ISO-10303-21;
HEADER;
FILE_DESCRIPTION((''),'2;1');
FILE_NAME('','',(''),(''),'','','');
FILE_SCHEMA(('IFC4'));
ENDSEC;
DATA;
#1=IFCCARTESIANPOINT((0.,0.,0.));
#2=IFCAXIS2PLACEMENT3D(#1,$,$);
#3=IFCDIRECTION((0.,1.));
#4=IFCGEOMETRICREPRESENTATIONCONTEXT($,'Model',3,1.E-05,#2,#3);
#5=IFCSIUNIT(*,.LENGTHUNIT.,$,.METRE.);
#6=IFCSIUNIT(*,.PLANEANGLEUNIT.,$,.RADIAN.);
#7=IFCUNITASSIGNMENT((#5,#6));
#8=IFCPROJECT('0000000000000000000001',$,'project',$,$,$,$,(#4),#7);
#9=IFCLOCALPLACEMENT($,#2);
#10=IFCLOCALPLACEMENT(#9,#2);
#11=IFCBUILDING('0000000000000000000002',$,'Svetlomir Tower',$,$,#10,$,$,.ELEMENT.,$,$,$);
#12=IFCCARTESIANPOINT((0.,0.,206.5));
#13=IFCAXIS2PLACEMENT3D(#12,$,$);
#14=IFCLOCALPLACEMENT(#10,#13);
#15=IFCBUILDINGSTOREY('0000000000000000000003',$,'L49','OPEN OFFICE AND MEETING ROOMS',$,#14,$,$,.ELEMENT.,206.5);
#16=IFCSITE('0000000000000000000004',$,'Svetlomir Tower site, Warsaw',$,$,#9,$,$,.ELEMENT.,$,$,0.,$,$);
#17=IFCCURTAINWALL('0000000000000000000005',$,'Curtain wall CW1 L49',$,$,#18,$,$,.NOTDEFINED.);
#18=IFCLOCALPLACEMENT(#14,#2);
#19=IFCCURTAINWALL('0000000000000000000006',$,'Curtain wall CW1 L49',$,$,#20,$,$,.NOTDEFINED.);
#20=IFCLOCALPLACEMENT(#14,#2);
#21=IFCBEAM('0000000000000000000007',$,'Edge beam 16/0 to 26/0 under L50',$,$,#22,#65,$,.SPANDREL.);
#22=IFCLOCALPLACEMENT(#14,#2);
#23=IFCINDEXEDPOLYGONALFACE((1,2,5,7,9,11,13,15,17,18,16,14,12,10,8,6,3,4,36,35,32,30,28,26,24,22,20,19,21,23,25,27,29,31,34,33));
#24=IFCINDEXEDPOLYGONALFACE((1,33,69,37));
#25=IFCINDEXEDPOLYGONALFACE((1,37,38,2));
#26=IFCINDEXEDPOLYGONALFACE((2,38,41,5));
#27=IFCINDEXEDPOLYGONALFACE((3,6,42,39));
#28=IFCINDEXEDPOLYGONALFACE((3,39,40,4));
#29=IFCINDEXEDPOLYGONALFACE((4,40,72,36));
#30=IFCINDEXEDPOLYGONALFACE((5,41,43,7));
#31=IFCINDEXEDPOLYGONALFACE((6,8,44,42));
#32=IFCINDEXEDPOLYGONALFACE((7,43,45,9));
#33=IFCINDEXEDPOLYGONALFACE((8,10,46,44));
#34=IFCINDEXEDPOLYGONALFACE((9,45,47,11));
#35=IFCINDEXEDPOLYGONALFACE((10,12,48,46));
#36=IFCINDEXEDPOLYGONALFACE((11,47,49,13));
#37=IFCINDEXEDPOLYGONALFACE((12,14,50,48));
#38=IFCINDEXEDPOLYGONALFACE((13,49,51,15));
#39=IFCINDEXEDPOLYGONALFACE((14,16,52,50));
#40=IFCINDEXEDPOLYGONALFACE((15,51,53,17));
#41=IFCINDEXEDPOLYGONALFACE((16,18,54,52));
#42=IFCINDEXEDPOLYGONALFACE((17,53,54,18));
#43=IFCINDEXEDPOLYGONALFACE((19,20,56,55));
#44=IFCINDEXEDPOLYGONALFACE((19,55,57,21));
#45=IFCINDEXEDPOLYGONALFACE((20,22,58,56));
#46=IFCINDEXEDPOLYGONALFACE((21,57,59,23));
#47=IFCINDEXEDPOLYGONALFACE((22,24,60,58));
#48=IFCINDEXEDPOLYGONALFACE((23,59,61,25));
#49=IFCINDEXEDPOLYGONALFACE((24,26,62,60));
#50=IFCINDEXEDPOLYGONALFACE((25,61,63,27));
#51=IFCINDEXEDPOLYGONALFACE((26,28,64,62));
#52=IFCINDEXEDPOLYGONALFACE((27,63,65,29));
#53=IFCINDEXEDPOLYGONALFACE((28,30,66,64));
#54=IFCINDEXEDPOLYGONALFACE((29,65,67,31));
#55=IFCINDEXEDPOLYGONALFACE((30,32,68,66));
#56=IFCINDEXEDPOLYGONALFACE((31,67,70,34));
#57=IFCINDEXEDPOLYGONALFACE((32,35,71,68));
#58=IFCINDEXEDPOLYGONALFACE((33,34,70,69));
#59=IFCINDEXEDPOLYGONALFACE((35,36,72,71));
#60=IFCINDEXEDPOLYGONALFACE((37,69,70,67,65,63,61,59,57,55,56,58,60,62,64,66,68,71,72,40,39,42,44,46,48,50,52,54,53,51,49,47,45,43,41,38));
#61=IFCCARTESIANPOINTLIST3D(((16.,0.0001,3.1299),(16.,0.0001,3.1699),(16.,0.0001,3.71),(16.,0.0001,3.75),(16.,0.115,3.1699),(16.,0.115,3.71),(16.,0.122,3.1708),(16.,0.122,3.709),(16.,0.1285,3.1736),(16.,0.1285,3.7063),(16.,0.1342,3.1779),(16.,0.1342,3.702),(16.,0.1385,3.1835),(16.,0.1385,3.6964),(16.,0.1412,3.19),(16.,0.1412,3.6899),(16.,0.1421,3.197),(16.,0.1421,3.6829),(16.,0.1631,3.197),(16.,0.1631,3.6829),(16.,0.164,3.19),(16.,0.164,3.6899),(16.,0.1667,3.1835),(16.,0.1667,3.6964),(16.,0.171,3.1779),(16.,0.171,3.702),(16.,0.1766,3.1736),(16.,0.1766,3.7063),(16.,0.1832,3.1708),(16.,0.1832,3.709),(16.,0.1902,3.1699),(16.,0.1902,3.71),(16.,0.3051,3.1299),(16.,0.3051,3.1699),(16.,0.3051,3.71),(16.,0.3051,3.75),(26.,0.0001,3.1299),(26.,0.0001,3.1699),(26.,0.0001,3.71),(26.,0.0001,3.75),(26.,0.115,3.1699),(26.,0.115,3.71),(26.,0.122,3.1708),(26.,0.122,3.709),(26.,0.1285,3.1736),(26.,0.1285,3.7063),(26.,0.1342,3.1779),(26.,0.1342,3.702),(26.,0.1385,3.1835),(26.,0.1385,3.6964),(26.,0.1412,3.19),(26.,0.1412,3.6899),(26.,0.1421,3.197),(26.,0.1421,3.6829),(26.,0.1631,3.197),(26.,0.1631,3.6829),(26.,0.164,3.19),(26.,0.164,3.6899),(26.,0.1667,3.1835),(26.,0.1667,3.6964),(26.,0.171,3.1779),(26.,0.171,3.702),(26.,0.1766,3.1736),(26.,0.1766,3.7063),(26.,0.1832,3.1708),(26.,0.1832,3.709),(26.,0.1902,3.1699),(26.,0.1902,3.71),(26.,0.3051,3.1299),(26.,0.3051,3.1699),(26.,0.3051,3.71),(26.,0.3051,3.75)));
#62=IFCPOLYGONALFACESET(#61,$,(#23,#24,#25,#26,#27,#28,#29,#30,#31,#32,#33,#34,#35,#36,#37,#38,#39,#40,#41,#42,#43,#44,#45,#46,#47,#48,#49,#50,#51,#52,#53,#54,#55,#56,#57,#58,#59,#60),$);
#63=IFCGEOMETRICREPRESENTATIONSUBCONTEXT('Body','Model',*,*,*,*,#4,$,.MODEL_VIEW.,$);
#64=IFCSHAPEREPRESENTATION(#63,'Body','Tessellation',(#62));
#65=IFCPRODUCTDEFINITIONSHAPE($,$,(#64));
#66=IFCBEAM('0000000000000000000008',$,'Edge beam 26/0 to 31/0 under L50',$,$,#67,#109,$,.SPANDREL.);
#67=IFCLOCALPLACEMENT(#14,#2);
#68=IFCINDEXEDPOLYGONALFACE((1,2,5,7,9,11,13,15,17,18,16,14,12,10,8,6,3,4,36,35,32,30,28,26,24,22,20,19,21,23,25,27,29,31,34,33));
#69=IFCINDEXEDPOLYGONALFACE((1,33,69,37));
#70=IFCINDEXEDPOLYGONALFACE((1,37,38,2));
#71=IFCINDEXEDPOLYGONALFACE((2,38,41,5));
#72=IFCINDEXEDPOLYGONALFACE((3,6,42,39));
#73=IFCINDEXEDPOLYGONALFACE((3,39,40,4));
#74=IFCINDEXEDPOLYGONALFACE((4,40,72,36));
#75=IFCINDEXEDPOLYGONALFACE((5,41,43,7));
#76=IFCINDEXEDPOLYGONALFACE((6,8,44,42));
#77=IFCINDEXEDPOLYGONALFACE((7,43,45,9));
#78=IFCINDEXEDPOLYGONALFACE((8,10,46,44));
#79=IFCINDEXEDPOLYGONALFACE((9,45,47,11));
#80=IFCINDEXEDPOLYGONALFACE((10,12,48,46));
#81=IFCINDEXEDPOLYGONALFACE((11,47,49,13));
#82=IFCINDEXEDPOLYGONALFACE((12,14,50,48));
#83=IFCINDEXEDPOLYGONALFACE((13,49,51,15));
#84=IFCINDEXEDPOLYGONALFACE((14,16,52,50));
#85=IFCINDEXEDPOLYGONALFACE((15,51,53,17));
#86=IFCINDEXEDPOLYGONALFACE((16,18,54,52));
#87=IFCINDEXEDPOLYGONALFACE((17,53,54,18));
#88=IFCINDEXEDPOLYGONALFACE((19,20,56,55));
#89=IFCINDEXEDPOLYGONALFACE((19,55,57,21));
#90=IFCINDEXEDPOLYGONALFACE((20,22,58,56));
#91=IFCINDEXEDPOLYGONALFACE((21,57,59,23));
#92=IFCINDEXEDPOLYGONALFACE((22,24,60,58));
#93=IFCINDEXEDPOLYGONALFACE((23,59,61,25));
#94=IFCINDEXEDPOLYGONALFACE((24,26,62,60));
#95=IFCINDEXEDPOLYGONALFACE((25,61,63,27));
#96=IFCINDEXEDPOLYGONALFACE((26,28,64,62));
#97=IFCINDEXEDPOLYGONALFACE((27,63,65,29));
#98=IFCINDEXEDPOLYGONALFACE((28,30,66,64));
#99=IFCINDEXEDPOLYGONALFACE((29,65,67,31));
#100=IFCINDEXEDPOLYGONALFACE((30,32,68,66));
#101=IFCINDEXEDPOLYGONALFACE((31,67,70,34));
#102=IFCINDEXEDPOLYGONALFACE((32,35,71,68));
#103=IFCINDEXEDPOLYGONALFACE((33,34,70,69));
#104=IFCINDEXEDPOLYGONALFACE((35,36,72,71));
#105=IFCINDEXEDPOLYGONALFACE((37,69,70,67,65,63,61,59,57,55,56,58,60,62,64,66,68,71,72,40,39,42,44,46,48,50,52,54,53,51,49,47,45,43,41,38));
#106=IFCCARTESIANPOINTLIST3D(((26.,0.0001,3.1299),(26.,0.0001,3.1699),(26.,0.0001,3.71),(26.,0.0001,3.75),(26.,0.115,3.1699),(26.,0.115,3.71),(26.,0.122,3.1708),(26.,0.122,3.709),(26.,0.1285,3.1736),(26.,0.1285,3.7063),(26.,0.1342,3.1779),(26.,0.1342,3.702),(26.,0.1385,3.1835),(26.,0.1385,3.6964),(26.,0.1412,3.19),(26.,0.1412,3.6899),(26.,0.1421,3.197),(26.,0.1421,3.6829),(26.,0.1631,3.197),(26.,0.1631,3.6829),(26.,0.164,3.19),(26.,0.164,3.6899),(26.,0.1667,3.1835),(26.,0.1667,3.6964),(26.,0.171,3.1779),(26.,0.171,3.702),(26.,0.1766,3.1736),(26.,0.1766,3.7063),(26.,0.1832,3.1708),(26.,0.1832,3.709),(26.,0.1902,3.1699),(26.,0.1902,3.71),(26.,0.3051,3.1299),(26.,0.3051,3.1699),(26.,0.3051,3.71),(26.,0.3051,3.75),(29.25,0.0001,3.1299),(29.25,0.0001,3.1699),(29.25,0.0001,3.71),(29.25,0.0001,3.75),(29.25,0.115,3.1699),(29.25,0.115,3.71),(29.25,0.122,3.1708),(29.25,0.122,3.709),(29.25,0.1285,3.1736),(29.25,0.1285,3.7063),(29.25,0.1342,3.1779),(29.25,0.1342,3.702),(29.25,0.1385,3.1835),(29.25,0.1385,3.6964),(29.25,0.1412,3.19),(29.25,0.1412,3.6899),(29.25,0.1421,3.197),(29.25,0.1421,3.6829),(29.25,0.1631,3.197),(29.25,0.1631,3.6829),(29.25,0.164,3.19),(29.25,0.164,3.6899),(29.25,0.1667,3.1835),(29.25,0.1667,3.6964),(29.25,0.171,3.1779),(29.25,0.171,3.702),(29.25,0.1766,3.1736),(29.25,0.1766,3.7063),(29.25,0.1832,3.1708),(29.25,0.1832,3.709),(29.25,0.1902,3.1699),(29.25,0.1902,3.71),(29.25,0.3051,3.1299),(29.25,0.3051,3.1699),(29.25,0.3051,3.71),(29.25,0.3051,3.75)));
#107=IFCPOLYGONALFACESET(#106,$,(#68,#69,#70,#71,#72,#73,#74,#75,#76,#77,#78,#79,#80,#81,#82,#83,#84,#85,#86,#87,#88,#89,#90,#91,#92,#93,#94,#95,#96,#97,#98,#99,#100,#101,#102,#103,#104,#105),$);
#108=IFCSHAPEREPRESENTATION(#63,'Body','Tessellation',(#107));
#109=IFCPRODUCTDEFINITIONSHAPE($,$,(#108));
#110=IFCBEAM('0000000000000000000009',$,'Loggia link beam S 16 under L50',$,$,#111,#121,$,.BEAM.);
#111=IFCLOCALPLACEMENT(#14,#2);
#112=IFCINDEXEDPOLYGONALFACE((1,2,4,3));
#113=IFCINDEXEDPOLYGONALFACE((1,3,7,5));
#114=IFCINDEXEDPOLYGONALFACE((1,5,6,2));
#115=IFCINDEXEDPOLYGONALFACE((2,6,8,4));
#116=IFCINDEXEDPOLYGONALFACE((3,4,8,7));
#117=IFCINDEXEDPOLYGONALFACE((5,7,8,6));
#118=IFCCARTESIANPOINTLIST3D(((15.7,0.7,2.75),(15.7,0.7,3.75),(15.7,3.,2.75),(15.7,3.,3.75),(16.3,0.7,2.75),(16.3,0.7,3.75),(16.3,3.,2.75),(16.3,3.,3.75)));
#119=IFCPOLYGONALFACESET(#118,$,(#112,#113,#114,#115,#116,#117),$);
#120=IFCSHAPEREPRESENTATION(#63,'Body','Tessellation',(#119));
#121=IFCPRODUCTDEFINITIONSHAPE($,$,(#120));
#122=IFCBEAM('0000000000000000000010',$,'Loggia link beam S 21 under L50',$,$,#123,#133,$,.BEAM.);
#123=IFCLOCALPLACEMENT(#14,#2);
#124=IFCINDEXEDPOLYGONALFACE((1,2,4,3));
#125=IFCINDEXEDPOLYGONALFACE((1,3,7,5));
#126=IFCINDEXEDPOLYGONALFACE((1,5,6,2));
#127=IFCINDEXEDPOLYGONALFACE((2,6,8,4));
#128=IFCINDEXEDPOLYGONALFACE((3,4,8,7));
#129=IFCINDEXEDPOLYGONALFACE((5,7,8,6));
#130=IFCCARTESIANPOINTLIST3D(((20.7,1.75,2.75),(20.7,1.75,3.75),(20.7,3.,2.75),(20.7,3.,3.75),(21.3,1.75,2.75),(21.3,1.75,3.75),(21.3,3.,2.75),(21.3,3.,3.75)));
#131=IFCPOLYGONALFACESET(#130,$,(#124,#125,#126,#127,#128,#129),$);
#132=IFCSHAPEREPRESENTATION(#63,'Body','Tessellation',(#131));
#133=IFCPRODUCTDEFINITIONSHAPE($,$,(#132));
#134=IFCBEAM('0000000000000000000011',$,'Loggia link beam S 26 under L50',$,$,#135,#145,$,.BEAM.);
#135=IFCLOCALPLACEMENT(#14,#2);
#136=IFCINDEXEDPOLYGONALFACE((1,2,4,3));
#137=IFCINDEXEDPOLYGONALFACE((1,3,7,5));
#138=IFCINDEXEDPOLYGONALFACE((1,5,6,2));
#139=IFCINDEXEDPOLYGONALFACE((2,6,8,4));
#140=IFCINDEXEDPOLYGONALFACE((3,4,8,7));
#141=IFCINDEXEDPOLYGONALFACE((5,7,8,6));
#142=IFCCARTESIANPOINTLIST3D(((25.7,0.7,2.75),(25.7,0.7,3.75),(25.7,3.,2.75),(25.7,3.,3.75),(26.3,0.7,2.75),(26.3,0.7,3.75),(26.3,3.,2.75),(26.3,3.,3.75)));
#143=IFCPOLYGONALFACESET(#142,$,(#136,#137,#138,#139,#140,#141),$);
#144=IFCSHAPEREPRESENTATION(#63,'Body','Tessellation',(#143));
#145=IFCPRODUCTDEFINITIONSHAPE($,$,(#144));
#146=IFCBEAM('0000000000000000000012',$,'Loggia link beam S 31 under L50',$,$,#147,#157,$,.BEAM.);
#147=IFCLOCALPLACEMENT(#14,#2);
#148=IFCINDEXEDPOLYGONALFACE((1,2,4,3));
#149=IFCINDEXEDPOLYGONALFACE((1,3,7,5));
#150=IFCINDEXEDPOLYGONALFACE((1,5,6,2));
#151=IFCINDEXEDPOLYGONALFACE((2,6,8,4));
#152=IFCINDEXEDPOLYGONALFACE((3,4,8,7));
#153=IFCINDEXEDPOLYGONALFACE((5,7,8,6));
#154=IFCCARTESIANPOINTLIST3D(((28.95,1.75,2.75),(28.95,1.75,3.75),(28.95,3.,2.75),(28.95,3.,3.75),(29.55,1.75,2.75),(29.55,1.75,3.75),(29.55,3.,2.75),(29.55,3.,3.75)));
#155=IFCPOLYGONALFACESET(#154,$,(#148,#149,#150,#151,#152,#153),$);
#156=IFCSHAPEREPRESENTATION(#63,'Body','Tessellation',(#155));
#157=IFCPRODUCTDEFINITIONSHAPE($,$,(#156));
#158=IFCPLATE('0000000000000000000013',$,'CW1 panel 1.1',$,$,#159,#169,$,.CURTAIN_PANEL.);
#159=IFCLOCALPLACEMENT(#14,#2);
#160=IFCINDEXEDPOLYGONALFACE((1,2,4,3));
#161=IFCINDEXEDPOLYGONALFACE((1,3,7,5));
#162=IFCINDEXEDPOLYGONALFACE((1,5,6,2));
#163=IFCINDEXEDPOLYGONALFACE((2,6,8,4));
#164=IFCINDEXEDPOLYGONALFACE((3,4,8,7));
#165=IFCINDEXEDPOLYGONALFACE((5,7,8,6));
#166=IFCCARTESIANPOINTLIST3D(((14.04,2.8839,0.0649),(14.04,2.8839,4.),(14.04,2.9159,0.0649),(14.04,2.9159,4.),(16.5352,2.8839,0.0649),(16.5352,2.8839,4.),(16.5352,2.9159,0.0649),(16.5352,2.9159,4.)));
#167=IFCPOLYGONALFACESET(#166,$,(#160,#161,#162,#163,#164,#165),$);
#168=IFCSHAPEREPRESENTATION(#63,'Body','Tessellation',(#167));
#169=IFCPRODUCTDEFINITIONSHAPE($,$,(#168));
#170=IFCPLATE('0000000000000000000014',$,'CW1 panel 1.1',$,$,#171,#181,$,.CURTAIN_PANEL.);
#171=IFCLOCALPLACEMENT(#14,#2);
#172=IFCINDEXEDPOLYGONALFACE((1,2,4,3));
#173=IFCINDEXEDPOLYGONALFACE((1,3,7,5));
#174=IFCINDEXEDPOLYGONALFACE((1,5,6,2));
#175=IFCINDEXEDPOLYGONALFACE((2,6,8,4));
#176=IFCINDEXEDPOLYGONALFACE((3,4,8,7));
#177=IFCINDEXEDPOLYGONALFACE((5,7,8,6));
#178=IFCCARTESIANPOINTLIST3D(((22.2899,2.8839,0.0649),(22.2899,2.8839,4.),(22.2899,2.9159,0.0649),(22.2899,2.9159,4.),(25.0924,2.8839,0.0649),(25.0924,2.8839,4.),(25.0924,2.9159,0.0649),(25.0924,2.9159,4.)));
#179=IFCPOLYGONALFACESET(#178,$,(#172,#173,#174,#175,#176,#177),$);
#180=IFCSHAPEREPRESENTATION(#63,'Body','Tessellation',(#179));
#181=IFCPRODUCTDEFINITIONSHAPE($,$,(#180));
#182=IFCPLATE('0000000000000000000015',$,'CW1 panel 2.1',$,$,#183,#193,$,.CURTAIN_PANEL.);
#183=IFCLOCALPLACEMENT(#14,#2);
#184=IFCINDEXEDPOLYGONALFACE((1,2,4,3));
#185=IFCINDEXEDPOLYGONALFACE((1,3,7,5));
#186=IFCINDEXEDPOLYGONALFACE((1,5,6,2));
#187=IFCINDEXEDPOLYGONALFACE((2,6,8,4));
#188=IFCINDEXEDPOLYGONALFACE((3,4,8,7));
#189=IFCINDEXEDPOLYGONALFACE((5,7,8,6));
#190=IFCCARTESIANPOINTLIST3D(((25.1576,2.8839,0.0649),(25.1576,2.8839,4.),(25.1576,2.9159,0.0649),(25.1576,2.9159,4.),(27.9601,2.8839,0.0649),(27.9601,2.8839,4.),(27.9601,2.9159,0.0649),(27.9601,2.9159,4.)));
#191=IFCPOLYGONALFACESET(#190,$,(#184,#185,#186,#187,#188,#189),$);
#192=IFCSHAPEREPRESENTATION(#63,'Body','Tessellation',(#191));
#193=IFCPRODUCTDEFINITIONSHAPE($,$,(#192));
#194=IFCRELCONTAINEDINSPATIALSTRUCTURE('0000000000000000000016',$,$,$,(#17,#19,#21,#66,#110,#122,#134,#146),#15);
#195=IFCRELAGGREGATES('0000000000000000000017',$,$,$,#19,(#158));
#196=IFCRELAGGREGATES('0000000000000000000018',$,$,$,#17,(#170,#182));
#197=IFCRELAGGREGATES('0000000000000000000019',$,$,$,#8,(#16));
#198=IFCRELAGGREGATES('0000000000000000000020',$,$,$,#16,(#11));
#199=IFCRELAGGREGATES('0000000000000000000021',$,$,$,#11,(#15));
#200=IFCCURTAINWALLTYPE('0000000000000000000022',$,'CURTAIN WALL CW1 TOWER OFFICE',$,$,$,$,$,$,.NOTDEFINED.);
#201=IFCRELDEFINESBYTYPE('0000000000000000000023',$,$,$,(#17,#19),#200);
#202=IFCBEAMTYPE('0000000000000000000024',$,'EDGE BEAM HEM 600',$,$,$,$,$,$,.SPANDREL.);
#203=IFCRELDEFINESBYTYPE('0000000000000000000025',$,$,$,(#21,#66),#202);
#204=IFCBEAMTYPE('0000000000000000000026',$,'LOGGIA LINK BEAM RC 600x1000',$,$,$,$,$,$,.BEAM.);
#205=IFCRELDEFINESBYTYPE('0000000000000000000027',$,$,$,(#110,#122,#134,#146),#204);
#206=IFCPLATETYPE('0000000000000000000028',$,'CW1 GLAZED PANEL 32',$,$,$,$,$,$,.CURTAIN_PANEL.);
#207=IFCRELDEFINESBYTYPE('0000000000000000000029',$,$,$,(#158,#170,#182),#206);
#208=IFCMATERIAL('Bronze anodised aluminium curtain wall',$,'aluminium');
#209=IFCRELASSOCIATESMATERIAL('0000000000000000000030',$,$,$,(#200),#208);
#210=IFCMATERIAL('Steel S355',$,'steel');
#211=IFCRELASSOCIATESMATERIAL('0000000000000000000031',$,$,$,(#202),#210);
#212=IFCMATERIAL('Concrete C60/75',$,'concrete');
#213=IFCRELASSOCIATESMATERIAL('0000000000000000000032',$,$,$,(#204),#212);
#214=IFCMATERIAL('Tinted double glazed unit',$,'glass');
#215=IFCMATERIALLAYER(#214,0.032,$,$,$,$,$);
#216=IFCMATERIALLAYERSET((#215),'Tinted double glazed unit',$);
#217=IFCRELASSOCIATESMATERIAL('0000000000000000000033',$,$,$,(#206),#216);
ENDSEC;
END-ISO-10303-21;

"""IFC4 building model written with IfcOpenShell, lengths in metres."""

from ifc_helpers import new_model, si_unit, direction, frame, origin, origin_2d, place, context, subcontext, project, spatial, rectangle, i_section, extrude, material, layer, layer_set, material_profile, profile_set, type_object, element, aggregate, save


model = new_model("IFC4")

# Units and contexts
model_context = context("Model", 3, precision=1e-05, world=origin(), true_north=direction((0.0, 1.0)))
body_context = subcontext(model_context, "Body", "Model", "MODEL_VIEW")
ifc_project = project(units=[si_unit("LENGTHUNIT", "METRE"), si_unit("PLANEANGLEUNIT", "RADIAN")], contexts=[model_context])

# Site, building, storey
site_placement = place(None, origin())
site = spatial("IfcSite", under=ifc_project, at=site_placement, Name="Svetlomir Tower site, Warsaw", CompositionType="ELEMENT", RefElevation=0.0)
building_placement = place(site_placement, origin())
building = spatial("IfcBuilding", under=site, at=building_placement, Name="Svetlomir Tower", CompositionType="ELEMENT")
storey_placement = place(building_placement, frame((0.0, 0.0, 206.5)))
storey = spatial("IfcBuildingStorey", under=building, at=storey_placement, Name="L49", Description="OPEN OFFICE AND MEETING ROOMS", CompositionType="ELEMENT", Elevation=206.5)

# Curtain walls
ifc_material_1 = material(Name="Bronze anodised aluminium curtain wall", Category="aluminium")
curtain_wall_type = type_object("IfcCurtainWallType", Name="CURTAIN WALL CW1 TOWER OFFICE", PredefinedType="NOTDEFINED", material=ifc_material_1)
curtain_wall_1_placement = place(storey_placement, origin())
curtain_wall_1 = element("IfcCurtainWall", 1, at=curtain_wall_1_placement, inside=storey, type_object=curtain_wall_type, Name="Curtain wall CW1 L49", PredefinedType="NOTDEFINED")
curtain_wall_2_placement = place(storey_placement, origin())
curtain_wall_2 = element("IfcCurtainWall", 2, at=curtain_wall_2_placement, inside=storey, type_object=curtain_wall_type, Name="Curtain wall CW1 L49", PredefinedType="NOTDEFINED")

# Beams
ifc_material_2 = material(Name="Steel S355", Category="steel")
ifc_material_profile_1 = material_profile(ifc_material_2, i_section(OverallWidth=0.3049, OverallDepth=0.6201, WebThickness=0.021, FlangeThickness=0.04, FilletRadius=0.0271, at=origin_2d()), Name="HEM 600")
ifc_profile_set_1 = profile_set([ifc_material_profile_1], Name="Steel S355")
beam_type_1 = type_object("IfcBeamType", Name="EDGE BEAM HEM 600", PredefinedType="SPANDREL", material=ifc_profile_set_1)
beam_1_placement = place(storey_placement, frame((16.0, 0.1526, 3.4399), z_axis=(1.0, 0.0, 0.0), x_axis=(0.0, 1.0, 0.0)))
element("IfcBeam", 3, at=beam_1_placement, inside=storey, type_object=beam_type_1, Name="Edge beam 16/0 to 26/0 under L50", PredefinedType="SPANDREL", context=body_context, shape_type="SweptSolid", body=[
    extrude(i_section(OverallWidth=0.3049, OverallDepth=0.6201, WebThickness=0.021, FlangeThickness=0.04, FilletRadius=0.0271, at=origin_2d()), origin(), (0.0, 0.0, 1.0), 10.0),
])
beam_2_placement = place(storey_placement, frame((26.0, 0.1526, 3.4399), z_axis=(1.0, 0.0, 0.0), x_axis=(0.0, 1.0, 0.0)))
element("IfcBeam", 4, at=beam_2_placement, inside=storey, type_object=beam_type_1, Name="Edge beam 26/0 to 31/0 under L50", PredefinedType="SPANDREL", context=body_context, shape_type="SweptSolid", body=[
    extrude(i_section(OverallWidth=0.3049, OverallDepth=0.6201, WebThickness=0.021, FlangeThickness=0.04, FilletRadius=0.0271, at=origin_2d()), origin(), (0.0, 0.0, 1.0), 3.25),
])
ifc_material_3 = material(Name="Concrete C60/75", Category="concrete")
ifc_material_profile_2 = material_profile(ifc_material_3, rectangle(XDim=0.6001, YDim=1.0, at=origin_2d()), Name="RC 600x1000")
ifc_profile_set_2 = profile_set([ifc_material_profile_2], Name="Concrete C60/75")
beam_type_2 = type_object("IfcBeamType", Name="LOGGIA LINK BEAM RC 600x1000", PredefinedType="BEAM", material=ifc_profile_set_2)
beam_3_placement = place(storey_placement, frame((16.0, 0.7, 3.25), z_axis=(0.0, 1.0, 0.0), x_axis=(-1.0, 0.0, 0.0)))
element("IfcBeam", 5, at=beam_3_placement, inside=storey, type_object=beam_type_2, Name="Loggia link beam S 16 under L50", PredefinedType="BEAM", context=body_context, shape_type="SweptSolid", body=[
    extrude(rectangle(XDim=0.6001, YDim=1.0, at=origin_2d()), origin(), (0.0, 0.0, 1.0), 2.3),
])
beam_4_placement = place(storey_placement, frame((21.0, 1.75, 3.25), z_axis=(0.0, 1.0, 0.0), x_axis=(-1.0, 0.0, 0.0)))
element("IfcBeam", 6, at=beam_4_placement, inside=storey, type_object=beam_type_2, Name="Loggia link beam S 21 under L50", PredefinedType="BEAM", context=body_context, shape_type="SweptSolid", body=[
    extrude(rectangle(XDim=0.6001, YDim=1.0, at=origin_2d()), origin(), (0.0, 0.0, 1.0), 1.25),
])
beam_5_placement = place(storey_placement, frame((26.0, 0.7, 3.25), z_axis=(0.0, 1.0, 0.0), x_axis=(-1.0, 0.0, 0.0)))
element("IfcBeam", 7, at=beam_5_placement, inside=storey, type_object=beam_type_2, Name="Loggia link beam S 26 under L50", PredefinedType="BEAM", context=body_context, shape_type="SweptSolid", body=[
    extrude(rectangle(XDim=0.6001, YDim=1.0, at=origin_2d()), origin(), (0.0, 0.0, 1.0), 2.3),
])
beam_6_placement = place(storey_placement, frame((29.25, 1.75, 3.25), z_axis=(0.0, 1.0, 0.0), x_axis=(-1.0, 0.0, 0.0)))
element("IfcBeam", 8, at=beam_6_placement, inside=storey, type_object=beam_type_2, Name="Loggia link beam S 31 under L50", PredefinedType="BEAM", context=body_context, shape_type="SweptSolid", body=[
    extrude(rectangle(XDim=0.6001, YDim=1.0, at=origin_2d()), origin(), (0.0, 0.0, 1.0), 1.25),
])

# Plates
ifc_material_4 = material(Name="Tinted double glazed unit", Category="glass")
ifc_layer_1 = layer(ifc_material_4, 0.032)
ifc_layer_set_1 = layer_set([ifc_layer_1], Name="Tinted double glazed unit")
plate_type = type_object("IfcPlateType", Name="CW1 GLAZED PANEL 32", PredefinedType="CURTAIN_PANEL", material=ifc_layer_set_1)
plate_1_placement = place(storey_placement, frame((15.2876, 2.8999, 0.0649), z_axis=(0.0, 0.0, 1.0), x_axis=(1.0, 0.0, 0.0)))
plate_1 = element("IfcPlate", 9, at=plate_1_placement, type_object=plate_type, Name="CW1 panel 1.1", PredefinedType="CURTAIN_PANEL", context=body_context, shape_type="SweptSolid", body=[
    extrude(rectangle(XDim=2.4951, YDim=0.032, at=origin_2d()), origin(), (0.0, 0.0, 1.0), 3.9351),
])
aggregate(curtain_wall_2, [plate_1])
plate_2_placement = place(storey_placement, frame((23.6912, 2.8999, 0.0649), z_axis=(0.0, 0.0, 1.0), x_axis=(1.0, 0.0, 0.0)))
plate_2 = element("IfcPlate", 10, at=plate_2_placement, type_object=plate_type, Name="CW1 panel 1.1", PredefinedType="CURTAIN_PANEL", context=body_context, shape_type="SweptSolid", body=[
    extrude(rectangle(XDim=2.8025, YDim=0.032, at=origin_2d()), origin(), (0.0, 0.0, 1.0), 3.9351),
])
plate_3_placement = place(storey_placement, frame((26.5588, 2.8999, 0.0649), z_axis=(0.0, 0.0, 1.0), x_axis=(1.0, 0.0, 0.0)))
plate_3 = element("IfcPlate", 11, at=plate_3_placement, type_object=plate_type, Name="CW1 panel 2.1", PredefinedType="CURTAIN_PANEL", context=body_context, shape_type="SweptSolid", body=[
    extrude(rectangle(XDim=2.8025, YDim=0.032, at=origin_2d()), origin(), (0.0, 0.0, 1.0), 3.9351),
])
aggregate(curtain_wall_1, [plate_2, plate_3])

save(model, "model.ifc")
